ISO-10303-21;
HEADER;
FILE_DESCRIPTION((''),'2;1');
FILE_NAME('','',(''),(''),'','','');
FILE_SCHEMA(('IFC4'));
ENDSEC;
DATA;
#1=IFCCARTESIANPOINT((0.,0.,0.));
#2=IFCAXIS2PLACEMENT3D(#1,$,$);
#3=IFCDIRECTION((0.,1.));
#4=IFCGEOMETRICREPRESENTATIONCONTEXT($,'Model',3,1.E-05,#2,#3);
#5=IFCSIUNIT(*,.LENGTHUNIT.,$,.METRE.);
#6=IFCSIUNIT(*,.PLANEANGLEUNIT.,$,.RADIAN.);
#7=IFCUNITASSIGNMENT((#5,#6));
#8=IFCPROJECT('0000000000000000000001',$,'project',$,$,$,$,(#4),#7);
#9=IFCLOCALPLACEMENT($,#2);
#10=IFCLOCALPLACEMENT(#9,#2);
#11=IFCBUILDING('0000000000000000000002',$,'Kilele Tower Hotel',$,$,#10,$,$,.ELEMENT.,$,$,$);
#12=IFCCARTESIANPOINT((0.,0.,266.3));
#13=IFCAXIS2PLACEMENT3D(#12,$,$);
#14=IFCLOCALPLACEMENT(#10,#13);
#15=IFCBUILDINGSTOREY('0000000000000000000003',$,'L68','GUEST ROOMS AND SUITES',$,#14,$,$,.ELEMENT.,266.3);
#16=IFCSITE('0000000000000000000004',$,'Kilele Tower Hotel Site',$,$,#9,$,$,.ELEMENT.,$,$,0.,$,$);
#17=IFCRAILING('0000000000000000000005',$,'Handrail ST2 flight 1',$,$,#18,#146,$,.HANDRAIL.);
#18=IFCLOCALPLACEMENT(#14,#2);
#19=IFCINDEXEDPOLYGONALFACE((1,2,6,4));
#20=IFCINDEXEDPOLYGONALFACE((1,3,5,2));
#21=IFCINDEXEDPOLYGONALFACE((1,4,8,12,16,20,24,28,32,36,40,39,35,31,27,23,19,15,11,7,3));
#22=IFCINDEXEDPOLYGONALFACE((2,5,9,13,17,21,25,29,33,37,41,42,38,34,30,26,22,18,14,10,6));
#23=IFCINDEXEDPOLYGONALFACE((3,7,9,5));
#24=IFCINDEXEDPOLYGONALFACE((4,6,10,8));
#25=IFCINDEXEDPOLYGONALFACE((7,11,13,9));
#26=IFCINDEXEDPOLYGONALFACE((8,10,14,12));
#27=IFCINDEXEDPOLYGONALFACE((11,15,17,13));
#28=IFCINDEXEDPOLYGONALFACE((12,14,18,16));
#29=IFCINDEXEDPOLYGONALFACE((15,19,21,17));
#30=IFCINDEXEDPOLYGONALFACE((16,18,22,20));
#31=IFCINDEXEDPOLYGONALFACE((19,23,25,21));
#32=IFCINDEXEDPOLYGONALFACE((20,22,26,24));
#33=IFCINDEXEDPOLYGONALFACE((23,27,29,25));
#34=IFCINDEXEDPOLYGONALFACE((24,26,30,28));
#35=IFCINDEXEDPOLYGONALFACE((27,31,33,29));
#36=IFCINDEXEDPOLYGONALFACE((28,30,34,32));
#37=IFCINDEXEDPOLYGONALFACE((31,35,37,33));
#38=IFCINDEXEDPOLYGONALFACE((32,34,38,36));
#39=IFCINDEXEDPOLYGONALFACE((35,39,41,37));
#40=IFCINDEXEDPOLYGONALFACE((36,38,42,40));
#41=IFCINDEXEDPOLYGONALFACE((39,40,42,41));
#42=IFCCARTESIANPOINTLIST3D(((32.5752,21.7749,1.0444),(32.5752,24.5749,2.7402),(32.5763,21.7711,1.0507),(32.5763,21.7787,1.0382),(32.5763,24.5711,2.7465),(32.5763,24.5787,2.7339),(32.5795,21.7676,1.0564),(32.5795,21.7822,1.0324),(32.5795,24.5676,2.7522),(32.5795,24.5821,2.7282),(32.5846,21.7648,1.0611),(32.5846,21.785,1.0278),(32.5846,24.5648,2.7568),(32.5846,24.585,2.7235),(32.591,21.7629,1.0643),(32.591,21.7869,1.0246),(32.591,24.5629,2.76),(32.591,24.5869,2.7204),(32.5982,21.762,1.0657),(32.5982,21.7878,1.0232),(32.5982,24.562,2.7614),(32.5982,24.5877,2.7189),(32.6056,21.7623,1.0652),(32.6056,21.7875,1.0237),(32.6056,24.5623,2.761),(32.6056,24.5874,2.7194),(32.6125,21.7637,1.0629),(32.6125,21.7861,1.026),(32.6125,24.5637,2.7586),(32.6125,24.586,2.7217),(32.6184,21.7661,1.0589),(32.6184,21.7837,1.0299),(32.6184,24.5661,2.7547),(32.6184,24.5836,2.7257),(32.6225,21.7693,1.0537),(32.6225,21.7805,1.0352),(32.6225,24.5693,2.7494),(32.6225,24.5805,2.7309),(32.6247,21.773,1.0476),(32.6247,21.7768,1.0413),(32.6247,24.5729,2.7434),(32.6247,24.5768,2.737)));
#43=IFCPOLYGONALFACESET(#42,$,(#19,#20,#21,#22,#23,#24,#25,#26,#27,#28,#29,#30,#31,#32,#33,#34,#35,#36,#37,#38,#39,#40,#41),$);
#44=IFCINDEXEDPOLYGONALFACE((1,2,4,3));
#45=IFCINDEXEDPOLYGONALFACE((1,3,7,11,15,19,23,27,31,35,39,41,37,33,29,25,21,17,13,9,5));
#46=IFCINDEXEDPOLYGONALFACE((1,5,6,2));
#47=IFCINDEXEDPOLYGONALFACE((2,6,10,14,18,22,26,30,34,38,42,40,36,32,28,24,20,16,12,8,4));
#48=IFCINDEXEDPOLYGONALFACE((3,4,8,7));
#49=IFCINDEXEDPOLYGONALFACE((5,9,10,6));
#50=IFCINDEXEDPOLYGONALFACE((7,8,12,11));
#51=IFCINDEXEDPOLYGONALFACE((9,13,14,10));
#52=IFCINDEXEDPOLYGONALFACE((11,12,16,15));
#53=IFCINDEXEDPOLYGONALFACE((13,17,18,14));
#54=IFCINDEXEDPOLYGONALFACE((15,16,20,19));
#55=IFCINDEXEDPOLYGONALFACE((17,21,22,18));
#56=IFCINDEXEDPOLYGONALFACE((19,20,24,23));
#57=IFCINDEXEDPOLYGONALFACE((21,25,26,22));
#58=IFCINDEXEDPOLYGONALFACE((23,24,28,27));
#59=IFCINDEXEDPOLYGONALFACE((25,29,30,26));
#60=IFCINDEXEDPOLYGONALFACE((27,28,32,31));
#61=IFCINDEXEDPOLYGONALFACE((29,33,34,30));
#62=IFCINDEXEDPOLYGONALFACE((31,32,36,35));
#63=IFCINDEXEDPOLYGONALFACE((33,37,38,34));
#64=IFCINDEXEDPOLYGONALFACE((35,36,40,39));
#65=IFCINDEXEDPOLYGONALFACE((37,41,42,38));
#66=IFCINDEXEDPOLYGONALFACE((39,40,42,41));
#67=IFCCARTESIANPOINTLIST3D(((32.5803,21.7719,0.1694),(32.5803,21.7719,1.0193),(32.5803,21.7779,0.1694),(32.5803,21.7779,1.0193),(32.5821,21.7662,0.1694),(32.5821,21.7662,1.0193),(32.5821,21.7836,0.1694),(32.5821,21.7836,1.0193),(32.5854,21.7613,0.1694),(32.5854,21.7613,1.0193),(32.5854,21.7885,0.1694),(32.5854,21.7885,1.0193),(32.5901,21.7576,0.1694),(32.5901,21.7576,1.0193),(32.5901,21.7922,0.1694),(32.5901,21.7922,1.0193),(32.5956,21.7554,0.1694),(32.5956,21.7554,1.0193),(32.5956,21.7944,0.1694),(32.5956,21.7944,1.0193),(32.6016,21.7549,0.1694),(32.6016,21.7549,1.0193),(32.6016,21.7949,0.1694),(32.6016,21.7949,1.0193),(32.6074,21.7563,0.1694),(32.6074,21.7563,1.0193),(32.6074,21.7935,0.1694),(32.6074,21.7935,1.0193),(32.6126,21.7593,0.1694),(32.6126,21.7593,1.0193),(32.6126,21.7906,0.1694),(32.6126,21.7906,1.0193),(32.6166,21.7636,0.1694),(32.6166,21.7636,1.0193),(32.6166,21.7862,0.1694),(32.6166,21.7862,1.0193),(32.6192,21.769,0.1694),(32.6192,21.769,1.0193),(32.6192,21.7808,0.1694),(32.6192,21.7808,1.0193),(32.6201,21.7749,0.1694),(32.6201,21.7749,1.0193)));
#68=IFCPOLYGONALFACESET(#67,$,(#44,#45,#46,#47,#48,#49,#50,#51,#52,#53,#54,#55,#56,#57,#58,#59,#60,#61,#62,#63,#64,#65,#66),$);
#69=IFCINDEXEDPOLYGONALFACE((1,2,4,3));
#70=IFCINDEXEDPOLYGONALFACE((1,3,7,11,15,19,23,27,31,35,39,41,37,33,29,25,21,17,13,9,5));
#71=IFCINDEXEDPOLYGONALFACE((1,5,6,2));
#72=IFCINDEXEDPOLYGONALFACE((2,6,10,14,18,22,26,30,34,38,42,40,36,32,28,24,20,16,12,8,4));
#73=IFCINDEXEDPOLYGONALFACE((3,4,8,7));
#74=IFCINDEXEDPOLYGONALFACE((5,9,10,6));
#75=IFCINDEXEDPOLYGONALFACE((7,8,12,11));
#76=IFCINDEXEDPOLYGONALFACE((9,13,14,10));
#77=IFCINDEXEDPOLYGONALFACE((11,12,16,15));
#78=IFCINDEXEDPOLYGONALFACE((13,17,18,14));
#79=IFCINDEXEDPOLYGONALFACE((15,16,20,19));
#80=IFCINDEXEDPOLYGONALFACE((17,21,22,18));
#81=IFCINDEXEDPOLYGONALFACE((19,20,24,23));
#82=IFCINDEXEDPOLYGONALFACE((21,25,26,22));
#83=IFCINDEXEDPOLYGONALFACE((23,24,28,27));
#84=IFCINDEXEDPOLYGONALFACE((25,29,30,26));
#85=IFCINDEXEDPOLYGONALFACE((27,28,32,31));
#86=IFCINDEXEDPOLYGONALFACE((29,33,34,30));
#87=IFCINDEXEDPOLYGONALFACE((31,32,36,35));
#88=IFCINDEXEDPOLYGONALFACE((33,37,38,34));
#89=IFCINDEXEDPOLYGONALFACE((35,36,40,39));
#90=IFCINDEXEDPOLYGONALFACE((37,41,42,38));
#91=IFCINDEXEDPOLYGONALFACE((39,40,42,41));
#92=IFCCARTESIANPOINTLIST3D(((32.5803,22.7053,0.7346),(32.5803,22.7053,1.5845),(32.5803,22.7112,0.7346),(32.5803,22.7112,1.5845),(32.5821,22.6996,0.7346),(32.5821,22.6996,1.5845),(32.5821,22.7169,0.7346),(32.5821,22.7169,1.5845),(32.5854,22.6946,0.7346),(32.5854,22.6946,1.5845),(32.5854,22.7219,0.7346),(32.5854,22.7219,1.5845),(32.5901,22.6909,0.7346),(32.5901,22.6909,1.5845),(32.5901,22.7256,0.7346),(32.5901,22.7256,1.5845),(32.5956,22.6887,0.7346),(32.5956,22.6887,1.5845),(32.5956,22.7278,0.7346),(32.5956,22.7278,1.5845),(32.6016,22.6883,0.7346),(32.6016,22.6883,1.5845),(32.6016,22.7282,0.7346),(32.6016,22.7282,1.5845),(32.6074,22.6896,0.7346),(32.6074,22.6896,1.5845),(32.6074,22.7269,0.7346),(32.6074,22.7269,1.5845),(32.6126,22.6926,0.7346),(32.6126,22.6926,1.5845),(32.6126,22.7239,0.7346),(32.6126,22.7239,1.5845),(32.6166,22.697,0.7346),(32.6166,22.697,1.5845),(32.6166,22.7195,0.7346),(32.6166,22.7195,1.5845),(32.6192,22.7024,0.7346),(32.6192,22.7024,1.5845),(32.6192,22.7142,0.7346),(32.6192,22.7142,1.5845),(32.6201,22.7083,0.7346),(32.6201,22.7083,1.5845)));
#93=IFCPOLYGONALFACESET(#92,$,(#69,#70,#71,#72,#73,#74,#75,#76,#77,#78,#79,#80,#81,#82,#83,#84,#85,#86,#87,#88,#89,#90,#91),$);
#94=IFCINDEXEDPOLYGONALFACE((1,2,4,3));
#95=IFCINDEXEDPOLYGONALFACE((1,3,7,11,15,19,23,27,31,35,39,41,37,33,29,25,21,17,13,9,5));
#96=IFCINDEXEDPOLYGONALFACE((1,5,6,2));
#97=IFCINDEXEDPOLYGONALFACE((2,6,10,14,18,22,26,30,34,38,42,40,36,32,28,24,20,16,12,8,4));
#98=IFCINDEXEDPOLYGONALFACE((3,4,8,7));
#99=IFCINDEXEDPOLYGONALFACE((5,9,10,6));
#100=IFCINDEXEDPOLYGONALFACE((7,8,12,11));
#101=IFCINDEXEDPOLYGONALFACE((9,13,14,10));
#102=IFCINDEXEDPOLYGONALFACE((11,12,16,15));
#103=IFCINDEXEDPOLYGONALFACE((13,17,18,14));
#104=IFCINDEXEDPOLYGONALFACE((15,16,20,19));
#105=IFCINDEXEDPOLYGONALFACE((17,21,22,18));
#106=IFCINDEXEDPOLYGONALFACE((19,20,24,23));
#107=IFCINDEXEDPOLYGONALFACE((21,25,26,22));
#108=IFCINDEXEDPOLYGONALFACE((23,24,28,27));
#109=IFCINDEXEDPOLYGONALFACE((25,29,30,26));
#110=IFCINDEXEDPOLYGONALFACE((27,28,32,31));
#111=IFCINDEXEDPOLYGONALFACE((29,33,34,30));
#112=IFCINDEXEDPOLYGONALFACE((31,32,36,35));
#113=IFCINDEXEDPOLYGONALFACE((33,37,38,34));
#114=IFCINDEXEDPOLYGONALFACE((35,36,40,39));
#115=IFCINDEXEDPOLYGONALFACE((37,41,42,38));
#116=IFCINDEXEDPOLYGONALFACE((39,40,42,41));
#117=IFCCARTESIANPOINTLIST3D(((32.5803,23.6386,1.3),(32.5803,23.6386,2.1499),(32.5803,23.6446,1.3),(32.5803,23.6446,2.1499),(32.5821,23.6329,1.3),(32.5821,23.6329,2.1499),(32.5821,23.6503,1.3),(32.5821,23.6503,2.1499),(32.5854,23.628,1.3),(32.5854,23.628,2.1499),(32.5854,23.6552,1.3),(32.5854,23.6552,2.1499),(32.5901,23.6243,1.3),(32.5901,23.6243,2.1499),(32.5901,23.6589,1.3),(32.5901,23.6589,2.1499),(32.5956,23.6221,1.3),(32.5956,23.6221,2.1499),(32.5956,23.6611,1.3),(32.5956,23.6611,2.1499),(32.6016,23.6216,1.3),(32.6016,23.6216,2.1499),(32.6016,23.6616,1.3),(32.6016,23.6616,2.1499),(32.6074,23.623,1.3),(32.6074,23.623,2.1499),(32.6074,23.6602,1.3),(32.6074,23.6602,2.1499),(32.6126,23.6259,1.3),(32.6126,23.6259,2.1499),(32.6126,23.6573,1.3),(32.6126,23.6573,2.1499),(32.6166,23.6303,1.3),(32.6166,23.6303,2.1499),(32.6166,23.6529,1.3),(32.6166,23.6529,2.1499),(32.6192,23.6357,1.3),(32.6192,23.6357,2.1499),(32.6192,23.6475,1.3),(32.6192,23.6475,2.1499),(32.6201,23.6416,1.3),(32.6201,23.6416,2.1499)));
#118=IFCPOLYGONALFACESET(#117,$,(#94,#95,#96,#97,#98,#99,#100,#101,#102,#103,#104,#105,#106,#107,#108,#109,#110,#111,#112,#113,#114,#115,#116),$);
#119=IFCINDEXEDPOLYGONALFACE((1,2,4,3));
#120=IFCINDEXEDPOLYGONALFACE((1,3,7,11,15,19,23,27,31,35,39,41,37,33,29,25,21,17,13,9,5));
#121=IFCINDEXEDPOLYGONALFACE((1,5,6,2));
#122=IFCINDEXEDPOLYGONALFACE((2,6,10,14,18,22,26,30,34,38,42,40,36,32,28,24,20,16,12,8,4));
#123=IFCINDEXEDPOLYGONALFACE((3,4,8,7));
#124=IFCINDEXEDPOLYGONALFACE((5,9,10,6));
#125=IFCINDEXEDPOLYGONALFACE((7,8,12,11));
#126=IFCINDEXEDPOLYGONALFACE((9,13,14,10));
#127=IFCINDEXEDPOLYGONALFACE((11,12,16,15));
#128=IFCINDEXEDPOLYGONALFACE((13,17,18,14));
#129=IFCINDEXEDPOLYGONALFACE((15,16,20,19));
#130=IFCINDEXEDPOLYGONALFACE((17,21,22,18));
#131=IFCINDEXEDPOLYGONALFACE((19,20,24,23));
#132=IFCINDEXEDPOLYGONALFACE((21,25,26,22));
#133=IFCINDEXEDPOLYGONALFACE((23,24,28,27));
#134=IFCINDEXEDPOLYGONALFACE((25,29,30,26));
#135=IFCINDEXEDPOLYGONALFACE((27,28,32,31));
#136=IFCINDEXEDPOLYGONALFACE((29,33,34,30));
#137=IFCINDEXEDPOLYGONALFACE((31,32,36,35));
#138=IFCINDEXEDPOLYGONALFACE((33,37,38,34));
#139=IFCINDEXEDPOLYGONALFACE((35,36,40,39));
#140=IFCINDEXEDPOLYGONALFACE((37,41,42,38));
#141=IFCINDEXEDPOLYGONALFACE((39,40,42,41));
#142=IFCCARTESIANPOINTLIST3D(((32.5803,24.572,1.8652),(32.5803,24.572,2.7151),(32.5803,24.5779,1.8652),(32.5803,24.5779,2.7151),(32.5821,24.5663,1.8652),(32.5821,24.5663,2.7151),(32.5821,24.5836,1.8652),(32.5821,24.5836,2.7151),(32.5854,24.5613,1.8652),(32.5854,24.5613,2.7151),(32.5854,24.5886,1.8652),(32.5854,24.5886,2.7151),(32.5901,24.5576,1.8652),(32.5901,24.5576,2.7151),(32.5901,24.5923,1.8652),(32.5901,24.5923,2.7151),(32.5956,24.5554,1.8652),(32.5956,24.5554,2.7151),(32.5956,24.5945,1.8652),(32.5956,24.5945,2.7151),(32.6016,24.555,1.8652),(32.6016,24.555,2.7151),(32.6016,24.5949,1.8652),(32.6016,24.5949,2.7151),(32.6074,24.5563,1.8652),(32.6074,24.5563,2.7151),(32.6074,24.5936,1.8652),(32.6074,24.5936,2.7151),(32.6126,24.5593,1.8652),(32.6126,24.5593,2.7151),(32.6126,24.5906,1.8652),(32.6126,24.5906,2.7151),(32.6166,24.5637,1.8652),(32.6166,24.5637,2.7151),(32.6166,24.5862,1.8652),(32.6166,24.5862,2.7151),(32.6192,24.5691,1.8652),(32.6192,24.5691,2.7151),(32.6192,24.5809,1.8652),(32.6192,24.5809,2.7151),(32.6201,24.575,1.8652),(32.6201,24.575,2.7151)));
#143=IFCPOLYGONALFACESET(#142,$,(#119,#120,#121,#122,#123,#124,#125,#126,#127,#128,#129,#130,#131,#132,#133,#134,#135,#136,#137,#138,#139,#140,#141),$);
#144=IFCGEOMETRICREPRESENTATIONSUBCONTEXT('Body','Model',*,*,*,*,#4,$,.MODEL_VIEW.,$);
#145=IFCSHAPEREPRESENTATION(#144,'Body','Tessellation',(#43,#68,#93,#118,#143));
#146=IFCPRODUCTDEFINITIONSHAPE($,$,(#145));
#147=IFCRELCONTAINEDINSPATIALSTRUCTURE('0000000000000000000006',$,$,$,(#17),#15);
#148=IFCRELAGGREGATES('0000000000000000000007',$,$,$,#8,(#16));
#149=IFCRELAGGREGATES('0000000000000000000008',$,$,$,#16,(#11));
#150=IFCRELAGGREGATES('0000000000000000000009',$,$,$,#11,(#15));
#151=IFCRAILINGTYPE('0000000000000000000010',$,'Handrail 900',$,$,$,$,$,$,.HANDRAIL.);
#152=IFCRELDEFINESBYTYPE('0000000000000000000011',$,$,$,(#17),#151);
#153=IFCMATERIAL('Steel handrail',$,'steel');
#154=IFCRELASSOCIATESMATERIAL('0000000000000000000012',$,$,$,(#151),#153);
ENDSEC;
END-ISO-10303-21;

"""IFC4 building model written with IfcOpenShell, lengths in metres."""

from ifc_helpers import new_model, si_unit, direction, frame, origin, origin_2d, place, context, subcontext, project, spatial, circle, extrude, material, type_object, element, save


model = new_model("IFC4")

# Units and contexts
model_context = context("Model", 3, precision=1e-05, world=origin(), true_north=direction((0.0, 1.0)))
body_context = subcontext(model_context, "Body", "Model", "MODEL_VIEW")
ifc_project = project(units=[si_unit("LENGTHUNIT", "METRE"), si_unit("PLANEANGLEUNIT", "RADIAN")], contexts=[model_context])

# Site, building, storey
site_placement = place(None, origin())
site = spatial("IfcSite", under=ifc_project, at=site_placement, Name="Kilele Tower Hotel Site", CompositionType="ELEMENT", RefElevation=0.0)
building_placement = place(site_placement, origin())
building = spatial("IfcBuilding", under=site, at=building_placement, Name="Kilele Tower Hotel", CompositionType="ELEMENT")
storey_placement = place(building_placement, frame((0.0, 0.0, 266.3)))
storey = spatial("IfcBuildingStorey", under=building, at=storey_placement, Name="L68", Description="GUEST ROOMS AND SUITES", CompositionType="ELEMENT", Elevation=266.3)

# Railing
ifc_material_1 = material(Name="Steel handrail", Category="steel")
railing_type_1 = type_object("IfcRailingType", Name="Handrail 900", PredefinedType="HANDRAIL", material=ifc_material_1)
for number, where, name in (
    (1, (32.6001, 21.7749, 0.1694), "Handrail ST2 flight 1"),
):
    element("IfcRailing", number, at=place(storey_placement, frame(where)), inside=storey, type_object=railing_type_1, Name=name, PredefinedType="HANDRAIL", context=body_context, shape_type="SweptSolid", body=[
        extrude(circle(Radius=0.0249, at=origin_2d()), frame((0.0, 0.0, 0.875), z_axis=(0.0, 0.85536, 0.518034), x_axis=(-1.0, 0.0, 0.0)), (0.0, 0.0, 1.0), 3.2734),
        extrude(circle(Radius=0.02, at=origin_2d()), origin(), (0.0, 0.0, 1.0), 0.8499),
        extrude(circle(Radius=0.02, at=origin_2d()), frame((0.0, 0.9333, 0.5652)), (0.0, 0.0, 1.0), 0.8499),
        extrude(circle(Radius=0.02, at=origin_2d()), frame((0.0, 1.8667, 1.1306)), (0.0, 0.0, 1.0), 0.8499),
        extrude(circle(Radius=0.02, at=origin_2d()), frame((0.0, 2.8, 1.6958)), (0.0, 0.0, 1.0), 0.8499),
    ])

save(model, "model.ifc")
